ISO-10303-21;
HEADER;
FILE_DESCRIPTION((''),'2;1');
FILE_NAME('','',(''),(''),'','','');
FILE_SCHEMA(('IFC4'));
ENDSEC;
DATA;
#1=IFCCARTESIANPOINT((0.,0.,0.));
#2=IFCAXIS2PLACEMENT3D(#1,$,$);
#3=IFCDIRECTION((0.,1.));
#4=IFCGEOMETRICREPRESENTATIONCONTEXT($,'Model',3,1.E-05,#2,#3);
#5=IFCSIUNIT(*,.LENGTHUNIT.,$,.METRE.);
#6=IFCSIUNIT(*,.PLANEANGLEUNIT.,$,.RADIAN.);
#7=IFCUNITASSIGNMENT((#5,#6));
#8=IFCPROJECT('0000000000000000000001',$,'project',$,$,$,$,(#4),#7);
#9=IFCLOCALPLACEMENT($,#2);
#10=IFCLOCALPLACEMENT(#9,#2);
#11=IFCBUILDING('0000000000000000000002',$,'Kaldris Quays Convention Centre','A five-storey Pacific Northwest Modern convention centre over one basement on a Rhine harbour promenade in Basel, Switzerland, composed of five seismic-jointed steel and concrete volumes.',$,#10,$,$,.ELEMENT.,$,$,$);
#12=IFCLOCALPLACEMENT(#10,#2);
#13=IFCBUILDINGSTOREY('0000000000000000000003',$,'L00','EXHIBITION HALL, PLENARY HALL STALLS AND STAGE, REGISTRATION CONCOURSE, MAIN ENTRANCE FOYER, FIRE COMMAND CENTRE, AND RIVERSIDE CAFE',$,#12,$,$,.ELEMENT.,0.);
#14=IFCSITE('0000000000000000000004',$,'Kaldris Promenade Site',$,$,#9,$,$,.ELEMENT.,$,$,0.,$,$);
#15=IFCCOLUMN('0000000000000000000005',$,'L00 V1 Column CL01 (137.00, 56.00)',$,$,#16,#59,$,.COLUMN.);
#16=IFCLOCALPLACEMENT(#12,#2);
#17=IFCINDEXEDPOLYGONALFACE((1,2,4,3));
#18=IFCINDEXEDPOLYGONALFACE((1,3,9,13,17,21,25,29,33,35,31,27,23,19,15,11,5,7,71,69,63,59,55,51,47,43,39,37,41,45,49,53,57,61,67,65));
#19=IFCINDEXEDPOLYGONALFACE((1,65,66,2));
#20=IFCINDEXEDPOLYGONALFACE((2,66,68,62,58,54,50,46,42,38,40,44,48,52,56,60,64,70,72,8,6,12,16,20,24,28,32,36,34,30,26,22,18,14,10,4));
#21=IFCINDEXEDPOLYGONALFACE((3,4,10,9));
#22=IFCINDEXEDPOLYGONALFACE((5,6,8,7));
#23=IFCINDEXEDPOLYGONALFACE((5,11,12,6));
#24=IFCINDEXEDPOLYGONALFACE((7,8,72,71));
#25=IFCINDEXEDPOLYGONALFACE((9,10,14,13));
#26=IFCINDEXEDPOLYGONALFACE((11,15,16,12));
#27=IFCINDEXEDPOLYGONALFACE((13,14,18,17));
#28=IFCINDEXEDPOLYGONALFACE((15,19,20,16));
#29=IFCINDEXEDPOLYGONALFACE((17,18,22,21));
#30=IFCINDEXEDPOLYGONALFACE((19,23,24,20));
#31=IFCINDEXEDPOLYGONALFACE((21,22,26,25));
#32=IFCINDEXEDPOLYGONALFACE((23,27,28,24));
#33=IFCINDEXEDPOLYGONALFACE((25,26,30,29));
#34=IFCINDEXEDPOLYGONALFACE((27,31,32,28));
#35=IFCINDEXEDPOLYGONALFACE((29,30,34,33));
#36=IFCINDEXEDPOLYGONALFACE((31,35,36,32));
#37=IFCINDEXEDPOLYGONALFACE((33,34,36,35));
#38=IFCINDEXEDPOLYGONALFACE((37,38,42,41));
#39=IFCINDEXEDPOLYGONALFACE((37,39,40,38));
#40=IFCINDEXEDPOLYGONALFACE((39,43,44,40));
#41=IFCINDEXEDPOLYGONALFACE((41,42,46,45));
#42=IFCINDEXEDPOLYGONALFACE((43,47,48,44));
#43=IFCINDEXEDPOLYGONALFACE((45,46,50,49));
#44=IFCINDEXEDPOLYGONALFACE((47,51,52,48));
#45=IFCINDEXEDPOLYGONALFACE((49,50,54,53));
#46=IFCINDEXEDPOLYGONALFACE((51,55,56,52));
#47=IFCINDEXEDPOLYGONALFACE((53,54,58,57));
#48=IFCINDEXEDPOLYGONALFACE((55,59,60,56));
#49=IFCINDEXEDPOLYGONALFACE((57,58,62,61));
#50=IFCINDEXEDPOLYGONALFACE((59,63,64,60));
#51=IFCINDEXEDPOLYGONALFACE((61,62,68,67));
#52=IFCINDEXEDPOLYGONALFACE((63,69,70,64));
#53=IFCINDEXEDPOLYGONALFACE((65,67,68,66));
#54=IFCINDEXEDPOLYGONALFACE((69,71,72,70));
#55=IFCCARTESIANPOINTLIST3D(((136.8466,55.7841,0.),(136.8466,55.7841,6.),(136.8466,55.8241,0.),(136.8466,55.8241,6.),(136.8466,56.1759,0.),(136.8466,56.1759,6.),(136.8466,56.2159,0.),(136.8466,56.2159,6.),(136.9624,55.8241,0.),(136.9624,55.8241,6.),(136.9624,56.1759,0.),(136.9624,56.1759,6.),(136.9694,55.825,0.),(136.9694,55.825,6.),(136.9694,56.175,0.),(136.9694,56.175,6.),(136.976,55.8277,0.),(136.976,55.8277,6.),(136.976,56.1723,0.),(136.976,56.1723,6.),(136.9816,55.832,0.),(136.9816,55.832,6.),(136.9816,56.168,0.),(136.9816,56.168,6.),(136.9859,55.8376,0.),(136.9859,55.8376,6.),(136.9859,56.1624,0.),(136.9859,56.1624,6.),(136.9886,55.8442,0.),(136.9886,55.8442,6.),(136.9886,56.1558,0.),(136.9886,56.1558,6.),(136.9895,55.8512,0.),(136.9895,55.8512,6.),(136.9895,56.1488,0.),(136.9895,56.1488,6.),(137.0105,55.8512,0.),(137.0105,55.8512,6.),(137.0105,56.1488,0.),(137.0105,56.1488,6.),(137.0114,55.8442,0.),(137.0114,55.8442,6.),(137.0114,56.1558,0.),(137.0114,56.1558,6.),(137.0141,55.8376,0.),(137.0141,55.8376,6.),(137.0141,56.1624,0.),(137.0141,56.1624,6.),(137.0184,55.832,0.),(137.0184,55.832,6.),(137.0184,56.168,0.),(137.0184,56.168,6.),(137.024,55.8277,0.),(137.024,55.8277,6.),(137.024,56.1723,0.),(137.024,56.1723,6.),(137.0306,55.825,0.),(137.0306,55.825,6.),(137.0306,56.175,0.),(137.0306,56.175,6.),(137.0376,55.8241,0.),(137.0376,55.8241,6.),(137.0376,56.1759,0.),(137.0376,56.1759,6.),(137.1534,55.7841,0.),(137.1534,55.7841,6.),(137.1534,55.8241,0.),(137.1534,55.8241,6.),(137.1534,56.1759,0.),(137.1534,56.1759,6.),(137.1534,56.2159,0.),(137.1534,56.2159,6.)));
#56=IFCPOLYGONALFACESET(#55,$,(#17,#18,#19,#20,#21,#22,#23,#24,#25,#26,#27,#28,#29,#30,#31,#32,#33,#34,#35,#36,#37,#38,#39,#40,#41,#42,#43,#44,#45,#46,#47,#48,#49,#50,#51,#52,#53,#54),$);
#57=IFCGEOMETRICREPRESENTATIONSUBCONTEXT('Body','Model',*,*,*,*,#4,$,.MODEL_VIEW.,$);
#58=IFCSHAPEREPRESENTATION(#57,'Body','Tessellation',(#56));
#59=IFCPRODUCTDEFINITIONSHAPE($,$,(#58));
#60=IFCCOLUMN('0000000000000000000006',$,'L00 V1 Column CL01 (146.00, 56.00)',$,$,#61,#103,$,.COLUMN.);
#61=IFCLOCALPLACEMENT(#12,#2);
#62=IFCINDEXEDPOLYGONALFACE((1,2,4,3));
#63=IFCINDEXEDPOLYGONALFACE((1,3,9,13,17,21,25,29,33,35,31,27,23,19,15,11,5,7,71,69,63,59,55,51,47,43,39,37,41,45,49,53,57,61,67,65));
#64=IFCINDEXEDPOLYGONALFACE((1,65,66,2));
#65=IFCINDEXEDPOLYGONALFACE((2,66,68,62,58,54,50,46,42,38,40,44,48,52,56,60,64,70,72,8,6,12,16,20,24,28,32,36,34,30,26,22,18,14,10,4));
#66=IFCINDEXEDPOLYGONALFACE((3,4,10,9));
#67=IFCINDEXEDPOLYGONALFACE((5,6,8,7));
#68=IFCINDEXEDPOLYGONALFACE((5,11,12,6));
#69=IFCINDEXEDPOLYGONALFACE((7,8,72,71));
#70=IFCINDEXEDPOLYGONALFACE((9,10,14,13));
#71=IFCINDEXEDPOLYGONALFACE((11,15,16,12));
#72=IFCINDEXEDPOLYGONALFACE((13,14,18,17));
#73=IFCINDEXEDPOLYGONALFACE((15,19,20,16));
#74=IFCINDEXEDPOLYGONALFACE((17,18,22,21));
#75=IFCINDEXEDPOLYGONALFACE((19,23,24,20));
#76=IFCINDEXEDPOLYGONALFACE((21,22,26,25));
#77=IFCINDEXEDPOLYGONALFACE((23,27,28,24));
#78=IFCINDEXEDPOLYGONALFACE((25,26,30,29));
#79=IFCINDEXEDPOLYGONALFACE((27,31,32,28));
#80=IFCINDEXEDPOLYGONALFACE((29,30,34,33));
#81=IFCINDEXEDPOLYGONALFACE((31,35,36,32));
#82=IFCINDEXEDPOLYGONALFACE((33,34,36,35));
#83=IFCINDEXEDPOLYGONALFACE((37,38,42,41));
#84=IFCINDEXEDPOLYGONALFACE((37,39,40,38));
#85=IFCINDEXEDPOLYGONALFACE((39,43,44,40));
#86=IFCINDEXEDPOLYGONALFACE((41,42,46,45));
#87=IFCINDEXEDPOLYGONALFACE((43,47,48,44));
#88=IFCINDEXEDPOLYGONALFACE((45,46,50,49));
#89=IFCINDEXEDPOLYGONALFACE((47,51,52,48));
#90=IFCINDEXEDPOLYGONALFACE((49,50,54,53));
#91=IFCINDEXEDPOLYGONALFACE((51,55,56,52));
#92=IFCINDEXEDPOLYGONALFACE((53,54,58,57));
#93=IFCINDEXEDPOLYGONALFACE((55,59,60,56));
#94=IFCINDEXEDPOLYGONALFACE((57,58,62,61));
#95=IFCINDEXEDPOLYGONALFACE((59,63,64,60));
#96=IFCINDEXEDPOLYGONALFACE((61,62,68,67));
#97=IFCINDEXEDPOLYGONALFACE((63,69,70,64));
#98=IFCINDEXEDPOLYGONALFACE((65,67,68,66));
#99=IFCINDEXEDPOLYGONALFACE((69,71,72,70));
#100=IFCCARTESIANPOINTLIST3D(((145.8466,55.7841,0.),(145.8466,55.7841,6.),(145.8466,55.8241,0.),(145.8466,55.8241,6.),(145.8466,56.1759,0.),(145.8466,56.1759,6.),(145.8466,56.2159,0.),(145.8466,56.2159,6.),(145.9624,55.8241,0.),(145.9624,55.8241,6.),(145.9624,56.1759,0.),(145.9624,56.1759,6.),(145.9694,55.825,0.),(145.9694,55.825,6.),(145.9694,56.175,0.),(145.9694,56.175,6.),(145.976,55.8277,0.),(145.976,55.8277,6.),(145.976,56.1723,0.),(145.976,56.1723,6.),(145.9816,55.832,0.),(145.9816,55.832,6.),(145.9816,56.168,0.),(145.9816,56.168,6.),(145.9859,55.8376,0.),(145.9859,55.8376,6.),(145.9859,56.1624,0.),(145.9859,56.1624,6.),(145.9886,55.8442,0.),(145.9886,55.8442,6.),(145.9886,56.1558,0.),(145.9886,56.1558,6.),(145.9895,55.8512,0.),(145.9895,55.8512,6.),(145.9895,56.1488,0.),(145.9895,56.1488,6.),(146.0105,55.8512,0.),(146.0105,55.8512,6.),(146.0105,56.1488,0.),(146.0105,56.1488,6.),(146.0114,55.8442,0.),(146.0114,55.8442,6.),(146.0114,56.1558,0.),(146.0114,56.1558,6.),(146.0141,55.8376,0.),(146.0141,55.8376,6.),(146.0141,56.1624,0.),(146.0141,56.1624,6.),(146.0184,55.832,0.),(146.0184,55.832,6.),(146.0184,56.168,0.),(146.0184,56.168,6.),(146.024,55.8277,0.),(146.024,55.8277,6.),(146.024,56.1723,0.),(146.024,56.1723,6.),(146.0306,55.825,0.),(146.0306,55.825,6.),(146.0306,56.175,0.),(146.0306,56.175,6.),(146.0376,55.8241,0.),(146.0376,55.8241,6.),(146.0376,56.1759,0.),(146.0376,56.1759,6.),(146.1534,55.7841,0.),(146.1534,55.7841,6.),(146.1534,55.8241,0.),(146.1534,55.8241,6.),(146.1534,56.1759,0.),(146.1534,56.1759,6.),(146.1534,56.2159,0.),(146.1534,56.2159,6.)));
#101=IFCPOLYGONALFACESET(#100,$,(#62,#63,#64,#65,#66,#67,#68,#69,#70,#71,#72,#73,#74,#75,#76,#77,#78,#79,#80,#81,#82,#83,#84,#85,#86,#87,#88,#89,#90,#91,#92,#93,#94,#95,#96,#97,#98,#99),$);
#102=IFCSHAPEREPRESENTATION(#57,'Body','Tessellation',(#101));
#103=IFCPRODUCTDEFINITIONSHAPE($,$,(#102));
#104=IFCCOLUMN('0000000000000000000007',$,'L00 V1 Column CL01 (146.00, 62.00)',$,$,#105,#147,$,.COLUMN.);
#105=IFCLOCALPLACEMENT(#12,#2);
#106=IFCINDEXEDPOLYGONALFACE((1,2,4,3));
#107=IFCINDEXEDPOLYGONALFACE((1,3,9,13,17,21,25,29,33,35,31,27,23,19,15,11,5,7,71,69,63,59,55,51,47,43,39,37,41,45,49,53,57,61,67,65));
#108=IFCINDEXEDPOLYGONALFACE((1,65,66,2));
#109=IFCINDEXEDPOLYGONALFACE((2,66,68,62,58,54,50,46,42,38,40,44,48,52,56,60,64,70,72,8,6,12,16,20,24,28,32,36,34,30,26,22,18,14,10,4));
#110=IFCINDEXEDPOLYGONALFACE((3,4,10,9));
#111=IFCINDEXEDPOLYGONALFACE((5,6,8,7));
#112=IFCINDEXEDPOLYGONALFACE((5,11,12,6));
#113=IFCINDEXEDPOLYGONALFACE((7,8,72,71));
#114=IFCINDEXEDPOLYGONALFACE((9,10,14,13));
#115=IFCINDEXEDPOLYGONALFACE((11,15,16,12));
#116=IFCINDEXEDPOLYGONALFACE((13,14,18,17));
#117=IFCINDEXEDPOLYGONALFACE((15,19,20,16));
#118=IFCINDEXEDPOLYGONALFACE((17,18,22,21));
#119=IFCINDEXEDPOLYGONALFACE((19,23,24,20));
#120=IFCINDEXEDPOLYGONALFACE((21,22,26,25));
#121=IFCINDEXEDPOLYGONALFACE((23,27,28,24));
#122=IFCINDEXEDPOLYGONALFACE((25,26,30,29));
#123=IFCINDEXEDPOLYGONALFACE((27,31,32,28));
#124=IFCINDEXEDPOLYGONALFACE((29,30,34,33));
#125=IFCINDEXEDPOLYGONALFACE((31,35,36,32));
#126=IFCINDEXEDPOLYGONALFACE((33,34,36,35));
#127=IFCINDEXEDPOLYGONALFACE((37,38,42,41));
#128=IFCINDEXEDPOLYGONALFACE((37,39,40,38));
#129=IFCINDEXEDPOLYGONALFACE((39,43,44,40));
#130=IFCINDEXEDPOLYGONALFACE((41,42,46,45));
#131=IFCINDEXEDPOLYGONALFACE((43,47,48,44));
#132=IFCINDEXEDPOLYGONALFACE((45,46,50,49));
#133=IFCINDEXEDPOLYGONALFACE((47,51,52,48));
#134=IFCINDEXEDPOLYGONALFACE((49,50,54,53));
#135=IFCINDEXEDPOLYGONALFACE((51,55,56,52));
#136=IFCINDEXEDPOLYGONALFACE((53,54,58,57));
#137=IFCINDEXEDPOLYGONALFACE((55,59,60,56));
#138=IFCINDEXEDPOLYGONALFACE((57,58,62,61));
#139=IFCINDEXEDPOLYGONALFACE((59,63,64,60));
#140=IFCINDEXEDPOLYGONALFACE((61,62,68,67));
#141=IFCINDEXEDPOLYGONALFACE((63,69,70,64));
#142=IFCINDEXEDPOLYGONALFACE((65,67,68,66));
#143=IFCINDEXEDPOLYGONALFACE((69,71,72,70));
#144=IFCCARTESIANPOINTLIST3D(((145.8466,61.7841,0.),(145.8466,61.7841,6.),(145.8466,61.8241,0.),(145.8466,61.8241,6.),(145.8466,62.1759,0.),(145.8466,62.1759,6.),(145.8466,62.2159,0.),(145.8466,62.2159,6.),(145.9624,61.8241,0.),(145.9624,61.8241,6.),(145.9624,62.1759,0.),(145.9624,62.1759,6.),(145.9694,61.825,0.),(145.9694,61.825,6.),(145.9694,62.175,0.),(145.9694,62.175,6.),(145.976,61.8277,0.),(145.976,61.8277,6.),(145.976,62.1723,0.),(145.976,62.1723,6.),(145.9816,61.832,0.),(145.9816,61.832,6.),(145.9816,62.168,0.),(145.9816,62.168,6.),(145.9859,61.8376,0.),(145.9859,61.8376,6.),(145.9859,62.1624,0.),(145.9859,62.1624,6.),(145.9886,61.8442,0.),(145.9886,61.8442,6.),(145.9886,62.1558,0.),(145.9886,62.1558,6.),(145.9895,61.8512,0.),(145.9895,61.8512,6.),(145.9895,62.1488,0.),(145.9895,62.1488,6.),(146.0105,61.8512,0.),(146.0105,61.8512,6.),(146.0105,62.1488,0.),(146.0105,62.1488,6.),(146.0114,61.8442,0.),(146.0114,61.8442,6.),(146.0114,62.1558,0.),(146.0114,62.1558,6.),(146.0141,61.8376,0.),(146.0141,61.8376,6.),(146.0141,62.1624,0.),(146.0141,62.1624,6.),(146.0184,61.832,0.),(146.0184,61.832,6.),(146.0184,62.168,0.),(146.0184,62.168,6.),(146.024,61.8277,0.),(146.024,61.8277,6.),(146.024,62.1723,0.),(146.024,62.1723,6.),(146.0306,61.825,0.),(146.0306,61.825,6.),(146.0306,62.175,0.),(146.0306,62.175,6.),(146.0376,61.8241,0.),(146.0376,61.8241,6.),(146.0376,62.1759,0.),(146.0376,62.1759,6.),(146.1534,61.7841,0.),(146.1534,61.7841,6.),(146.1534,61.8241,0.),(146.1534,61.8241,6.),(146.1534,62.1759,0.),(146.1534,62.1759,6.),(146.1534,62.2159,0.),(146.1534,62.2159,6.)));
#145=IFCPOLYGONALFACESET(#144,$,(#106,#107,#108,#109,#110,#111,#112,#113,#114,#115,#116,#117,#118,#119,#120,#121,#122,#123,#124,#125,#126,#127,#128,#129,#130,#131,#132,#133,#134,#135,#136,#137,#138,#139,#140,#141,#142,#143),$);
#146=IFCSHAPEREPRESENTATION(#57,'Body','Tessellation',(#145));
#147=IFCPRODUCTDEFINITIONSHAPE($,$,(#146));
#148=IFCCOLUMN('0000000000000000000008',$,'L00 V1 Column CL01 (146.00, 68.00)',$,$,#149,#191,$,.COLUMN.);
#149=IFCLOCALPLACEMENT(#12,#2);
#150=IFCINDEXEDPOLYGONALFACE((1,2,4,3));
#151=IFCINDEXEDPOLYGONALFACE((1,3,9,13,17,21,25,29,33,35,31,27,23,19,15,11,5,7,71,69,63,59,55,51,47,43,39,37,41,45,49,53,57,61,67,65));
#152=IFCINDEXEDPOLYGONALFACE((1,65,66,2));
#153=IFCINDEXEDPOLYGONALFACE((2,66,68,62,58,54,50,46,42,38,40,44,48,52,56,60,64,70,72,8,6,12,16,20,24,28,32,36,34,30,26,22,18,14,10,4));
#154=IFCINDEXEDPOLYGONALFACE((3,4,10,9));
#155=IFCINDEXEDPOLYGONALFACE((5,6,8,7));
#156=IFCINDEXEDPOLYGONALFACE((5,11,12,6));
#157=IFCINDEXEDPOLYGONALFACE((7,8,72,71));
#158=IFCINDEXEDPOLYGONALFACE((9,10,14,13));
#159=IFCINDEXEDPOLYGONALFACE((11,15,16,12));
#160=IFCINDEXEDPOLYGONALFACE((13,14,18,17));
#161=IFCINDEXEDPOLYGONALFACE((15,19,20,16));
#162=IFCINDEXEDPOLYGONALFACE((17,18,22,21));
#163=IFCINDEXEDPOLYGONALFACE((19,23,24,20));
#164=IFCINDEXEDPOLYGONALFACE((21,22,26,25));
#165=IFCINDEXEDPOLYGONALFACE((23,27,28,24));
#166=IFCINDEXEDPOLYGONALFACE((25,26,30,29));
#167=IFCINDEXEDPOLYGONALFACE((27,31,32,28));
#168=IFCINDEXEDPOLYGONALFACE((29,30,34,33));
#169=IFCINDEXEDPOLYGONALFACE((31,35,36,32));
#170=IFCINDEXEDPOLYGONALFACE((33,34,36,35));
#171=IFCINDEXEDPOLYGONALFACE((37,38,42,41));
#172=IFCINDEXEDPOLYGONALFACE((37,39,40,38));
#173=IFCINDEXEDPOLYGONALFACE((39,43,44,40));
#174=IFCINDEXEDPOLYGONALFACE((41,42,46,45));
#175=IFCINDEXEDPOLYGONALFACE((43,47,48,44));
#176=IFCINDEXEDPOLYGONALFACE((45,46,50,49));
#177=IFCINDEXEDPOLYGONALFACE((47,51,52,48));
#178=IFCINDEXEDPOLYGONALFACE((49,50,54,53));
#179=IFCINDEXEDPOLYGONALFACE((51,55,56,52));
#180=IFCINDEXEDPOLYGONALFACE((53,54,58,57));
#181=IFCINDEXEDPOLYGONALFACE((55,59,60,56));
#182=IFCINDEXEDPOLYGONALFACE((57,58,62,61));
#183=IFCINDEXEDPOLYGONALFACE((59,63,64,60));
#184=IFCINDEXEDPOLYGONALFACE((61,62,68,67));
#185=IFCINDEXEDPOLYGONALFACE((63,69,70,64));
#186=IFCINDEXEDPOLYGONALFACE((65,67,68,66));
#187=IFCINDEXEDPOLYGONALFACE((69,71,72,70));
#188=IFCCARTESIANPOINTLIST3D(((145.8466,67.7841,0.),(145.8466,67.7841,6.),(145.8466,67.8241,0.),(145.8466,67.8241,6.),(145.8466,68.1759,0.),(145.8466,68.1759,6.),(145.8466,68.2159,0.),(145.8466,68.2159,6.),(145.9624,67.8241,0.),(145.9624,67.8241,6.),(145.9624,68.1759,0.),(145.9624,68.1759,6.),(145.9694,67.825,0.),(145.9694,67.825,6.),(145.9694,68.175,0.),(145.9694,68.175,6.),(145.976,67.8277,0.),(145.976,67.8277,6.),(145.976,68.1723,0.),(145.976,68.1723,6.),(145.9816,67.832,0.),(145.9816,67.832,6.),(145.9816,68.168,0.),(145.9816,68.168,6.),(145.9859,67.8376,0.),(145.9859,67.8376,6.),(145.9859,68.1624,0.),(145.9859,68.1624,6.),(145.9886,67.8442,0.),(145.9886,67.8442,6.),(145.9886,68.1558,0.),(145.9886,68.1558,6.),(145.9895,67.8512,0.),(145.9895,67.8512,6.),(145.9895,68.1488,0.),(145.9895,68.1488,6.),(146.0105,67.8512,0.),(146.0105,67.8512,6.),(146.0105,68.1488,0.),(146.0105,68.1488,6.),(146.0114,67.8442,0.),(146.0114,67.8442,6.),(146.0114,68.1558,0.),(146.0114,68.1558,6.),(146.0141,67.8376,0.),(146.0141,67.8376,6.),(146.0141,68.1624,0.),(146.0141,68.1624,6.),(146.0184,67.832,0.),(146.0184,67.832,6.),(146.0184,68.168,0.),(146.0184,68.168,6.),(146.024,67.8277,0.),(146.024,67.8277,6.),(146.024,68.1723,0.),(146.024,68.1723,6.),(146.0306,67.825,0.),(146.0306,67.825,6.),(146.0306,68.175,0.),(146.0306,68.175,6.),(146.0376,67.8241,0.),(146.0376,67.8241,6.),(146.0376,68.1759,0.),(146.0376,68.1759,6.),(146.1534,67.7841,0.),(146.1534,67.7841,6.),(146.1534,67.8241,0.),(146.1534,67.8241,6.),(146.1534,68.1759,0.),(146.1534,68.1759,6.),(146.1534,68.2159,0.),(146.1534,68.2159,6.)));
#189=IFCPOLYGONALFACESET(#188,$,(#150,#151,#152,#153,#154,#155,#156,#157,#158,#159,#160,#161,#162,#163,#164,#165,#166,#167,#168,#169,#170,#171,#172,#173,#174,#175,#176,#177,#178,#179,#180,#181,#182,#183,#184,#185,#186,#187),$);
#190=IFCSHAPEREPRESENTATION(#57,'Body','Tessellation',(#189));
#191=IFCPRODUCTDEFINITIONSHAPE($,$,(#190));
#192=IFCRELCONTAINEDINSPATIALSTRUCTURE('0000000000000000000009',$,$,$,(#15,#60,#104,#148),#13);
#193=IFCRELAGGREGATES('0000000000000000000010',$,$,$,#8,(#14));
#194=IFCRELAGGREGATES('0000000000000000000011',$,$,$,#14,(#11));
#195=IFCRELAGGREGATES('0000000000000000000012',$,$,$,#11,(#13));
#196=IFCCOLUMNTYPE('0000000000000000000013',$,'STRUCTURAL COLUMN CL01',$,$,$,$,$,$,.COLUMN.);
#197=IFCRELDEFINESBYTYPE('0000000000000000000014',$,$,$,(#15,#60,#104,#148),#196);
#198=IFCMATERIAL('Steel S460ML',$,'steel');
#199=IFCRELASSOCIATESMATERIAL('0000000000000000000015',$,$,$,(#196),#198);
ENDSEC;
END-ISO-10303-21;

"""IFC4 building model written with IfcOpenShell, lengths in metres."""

from ifc_helpers import new_model, si_unit, direction, frame, origin, origin_2d, place, context, subcontext, project, spatial, i_section, extrude, material, material_profile, profile_set, type_object, element, save


model = new_model("IFC4")

# Units and contexts
model_context = context("Model", 3, precision=1e-05, world=origin(), true_north=direction((0.0, 1.0)))
body_context = subcontext(model_context, "Body", "Model", "MODEL_VIEW")
ifc_project = project(units=[si_unit("LENGTHUNIT", "METRE"), si_unit("PLANEANGLEUNIT", "RADIAN")], contexts=[model_context])

# Site, building, storey
site_placement = place(None, origin())
site = spatial("IfcSite", under=ifc_project, at=site_placement, Name="Kaldris Promenade Site", CompositionType="ELEMENT", RefElevation=0.0)
building_placement = place(site_placement, origin())
building = spatial("IfcBuilding", under=site, at=building_placement, Name="Kaldris Quays Convention Centre", Description="A five-storey Pacific Northwest Modern convention centre over one basement on a Rhine harbour promenade in Basel, Switzerland, composed of five seismic-jointed steel and concrete volumes.", CompositionType="ELEMENT")
storey_placement = place(building_placement, origin())
storey = spatial("IfcBuildingStorey", under=building, at=storey_placement, Name="L00", Description="EXHIBITION HALL, PLENARY HALL STALLS AND STAGE, REGISTRATION CONCOURSE, MAIN ENTRANCE FOYER, FIRE COMMAND CENTRE, AND RIVERSIDE CAFE", CompositionType="ELEMENT", Elevation=0.0)

# Columns
ifc_material_1 = material(Name="Steel S460ML", Category="steel")
ifc_material_profile_1 = material_profile(ifc_material_1, i_section(OverallWidth=0.3069, OverallDepth=0.4319, WebThickness=0.021, FlangeThickness=0.04, FilletRadius=0.0271, at=origin_2d()), Name="HEM 400")
ifc_profile_set_1 = profile_set([ifc_material_profile_1], Name="Steel S460ML")
column_type_1 = type_object("IfcColumnType", Name="STRUCTURAL COLUMN CL01", PredefinedType="COLUMN", material=ifc_profile_set_1)
for number, where, z_axis, x_axis, name in (
    (1, (137.0, 56.0, 0.0), (0.0, 0.0, 1.0), (1.0, 0.0, 0.0), "L00 V1 Column CL01 (137.00, 56.00)"),
    (2, (146.0, 56.0, 0.0), (0.0, 0.0, 1.0), (1.0, 0.0, 0.0), "L00 V1 Column CL01 (146.00, 56.00)"),
    (3, (146.0, 62.0, 0.0), (0.0, 0.0, 1.0), (1.0, 0.0, 0.0), "L00 V1 Column CL01 (146.00, 62.00)"),
    (4, (146.0, 68.0, 0.0), (0.0, 0.0, 1.0), (1.0, 0.0, 0.0), "L00 V1 Column CL01 (146.00, 68.00)"),
):
    element("IfcColumn", number, at=place(storey_placement, frame(where, z_axis=z_axis, x_axis=x_axis)), inside=storey, type_object=column_type_1, Name=name, PredefinedType="COLUMN", context=body_context, shape_type="SweptSolid", body=[
        extrude(i_section(OverallWidth=0.3069, OverallDepth=0.4319, WebThickness=0.021, FlangeThickness=0.04, FilletRadius=0.0271, at=origin_2d()), origin(), (0.0, 0.0, 1.0), 6.0),
    ])

save(model, "model.ifc")
